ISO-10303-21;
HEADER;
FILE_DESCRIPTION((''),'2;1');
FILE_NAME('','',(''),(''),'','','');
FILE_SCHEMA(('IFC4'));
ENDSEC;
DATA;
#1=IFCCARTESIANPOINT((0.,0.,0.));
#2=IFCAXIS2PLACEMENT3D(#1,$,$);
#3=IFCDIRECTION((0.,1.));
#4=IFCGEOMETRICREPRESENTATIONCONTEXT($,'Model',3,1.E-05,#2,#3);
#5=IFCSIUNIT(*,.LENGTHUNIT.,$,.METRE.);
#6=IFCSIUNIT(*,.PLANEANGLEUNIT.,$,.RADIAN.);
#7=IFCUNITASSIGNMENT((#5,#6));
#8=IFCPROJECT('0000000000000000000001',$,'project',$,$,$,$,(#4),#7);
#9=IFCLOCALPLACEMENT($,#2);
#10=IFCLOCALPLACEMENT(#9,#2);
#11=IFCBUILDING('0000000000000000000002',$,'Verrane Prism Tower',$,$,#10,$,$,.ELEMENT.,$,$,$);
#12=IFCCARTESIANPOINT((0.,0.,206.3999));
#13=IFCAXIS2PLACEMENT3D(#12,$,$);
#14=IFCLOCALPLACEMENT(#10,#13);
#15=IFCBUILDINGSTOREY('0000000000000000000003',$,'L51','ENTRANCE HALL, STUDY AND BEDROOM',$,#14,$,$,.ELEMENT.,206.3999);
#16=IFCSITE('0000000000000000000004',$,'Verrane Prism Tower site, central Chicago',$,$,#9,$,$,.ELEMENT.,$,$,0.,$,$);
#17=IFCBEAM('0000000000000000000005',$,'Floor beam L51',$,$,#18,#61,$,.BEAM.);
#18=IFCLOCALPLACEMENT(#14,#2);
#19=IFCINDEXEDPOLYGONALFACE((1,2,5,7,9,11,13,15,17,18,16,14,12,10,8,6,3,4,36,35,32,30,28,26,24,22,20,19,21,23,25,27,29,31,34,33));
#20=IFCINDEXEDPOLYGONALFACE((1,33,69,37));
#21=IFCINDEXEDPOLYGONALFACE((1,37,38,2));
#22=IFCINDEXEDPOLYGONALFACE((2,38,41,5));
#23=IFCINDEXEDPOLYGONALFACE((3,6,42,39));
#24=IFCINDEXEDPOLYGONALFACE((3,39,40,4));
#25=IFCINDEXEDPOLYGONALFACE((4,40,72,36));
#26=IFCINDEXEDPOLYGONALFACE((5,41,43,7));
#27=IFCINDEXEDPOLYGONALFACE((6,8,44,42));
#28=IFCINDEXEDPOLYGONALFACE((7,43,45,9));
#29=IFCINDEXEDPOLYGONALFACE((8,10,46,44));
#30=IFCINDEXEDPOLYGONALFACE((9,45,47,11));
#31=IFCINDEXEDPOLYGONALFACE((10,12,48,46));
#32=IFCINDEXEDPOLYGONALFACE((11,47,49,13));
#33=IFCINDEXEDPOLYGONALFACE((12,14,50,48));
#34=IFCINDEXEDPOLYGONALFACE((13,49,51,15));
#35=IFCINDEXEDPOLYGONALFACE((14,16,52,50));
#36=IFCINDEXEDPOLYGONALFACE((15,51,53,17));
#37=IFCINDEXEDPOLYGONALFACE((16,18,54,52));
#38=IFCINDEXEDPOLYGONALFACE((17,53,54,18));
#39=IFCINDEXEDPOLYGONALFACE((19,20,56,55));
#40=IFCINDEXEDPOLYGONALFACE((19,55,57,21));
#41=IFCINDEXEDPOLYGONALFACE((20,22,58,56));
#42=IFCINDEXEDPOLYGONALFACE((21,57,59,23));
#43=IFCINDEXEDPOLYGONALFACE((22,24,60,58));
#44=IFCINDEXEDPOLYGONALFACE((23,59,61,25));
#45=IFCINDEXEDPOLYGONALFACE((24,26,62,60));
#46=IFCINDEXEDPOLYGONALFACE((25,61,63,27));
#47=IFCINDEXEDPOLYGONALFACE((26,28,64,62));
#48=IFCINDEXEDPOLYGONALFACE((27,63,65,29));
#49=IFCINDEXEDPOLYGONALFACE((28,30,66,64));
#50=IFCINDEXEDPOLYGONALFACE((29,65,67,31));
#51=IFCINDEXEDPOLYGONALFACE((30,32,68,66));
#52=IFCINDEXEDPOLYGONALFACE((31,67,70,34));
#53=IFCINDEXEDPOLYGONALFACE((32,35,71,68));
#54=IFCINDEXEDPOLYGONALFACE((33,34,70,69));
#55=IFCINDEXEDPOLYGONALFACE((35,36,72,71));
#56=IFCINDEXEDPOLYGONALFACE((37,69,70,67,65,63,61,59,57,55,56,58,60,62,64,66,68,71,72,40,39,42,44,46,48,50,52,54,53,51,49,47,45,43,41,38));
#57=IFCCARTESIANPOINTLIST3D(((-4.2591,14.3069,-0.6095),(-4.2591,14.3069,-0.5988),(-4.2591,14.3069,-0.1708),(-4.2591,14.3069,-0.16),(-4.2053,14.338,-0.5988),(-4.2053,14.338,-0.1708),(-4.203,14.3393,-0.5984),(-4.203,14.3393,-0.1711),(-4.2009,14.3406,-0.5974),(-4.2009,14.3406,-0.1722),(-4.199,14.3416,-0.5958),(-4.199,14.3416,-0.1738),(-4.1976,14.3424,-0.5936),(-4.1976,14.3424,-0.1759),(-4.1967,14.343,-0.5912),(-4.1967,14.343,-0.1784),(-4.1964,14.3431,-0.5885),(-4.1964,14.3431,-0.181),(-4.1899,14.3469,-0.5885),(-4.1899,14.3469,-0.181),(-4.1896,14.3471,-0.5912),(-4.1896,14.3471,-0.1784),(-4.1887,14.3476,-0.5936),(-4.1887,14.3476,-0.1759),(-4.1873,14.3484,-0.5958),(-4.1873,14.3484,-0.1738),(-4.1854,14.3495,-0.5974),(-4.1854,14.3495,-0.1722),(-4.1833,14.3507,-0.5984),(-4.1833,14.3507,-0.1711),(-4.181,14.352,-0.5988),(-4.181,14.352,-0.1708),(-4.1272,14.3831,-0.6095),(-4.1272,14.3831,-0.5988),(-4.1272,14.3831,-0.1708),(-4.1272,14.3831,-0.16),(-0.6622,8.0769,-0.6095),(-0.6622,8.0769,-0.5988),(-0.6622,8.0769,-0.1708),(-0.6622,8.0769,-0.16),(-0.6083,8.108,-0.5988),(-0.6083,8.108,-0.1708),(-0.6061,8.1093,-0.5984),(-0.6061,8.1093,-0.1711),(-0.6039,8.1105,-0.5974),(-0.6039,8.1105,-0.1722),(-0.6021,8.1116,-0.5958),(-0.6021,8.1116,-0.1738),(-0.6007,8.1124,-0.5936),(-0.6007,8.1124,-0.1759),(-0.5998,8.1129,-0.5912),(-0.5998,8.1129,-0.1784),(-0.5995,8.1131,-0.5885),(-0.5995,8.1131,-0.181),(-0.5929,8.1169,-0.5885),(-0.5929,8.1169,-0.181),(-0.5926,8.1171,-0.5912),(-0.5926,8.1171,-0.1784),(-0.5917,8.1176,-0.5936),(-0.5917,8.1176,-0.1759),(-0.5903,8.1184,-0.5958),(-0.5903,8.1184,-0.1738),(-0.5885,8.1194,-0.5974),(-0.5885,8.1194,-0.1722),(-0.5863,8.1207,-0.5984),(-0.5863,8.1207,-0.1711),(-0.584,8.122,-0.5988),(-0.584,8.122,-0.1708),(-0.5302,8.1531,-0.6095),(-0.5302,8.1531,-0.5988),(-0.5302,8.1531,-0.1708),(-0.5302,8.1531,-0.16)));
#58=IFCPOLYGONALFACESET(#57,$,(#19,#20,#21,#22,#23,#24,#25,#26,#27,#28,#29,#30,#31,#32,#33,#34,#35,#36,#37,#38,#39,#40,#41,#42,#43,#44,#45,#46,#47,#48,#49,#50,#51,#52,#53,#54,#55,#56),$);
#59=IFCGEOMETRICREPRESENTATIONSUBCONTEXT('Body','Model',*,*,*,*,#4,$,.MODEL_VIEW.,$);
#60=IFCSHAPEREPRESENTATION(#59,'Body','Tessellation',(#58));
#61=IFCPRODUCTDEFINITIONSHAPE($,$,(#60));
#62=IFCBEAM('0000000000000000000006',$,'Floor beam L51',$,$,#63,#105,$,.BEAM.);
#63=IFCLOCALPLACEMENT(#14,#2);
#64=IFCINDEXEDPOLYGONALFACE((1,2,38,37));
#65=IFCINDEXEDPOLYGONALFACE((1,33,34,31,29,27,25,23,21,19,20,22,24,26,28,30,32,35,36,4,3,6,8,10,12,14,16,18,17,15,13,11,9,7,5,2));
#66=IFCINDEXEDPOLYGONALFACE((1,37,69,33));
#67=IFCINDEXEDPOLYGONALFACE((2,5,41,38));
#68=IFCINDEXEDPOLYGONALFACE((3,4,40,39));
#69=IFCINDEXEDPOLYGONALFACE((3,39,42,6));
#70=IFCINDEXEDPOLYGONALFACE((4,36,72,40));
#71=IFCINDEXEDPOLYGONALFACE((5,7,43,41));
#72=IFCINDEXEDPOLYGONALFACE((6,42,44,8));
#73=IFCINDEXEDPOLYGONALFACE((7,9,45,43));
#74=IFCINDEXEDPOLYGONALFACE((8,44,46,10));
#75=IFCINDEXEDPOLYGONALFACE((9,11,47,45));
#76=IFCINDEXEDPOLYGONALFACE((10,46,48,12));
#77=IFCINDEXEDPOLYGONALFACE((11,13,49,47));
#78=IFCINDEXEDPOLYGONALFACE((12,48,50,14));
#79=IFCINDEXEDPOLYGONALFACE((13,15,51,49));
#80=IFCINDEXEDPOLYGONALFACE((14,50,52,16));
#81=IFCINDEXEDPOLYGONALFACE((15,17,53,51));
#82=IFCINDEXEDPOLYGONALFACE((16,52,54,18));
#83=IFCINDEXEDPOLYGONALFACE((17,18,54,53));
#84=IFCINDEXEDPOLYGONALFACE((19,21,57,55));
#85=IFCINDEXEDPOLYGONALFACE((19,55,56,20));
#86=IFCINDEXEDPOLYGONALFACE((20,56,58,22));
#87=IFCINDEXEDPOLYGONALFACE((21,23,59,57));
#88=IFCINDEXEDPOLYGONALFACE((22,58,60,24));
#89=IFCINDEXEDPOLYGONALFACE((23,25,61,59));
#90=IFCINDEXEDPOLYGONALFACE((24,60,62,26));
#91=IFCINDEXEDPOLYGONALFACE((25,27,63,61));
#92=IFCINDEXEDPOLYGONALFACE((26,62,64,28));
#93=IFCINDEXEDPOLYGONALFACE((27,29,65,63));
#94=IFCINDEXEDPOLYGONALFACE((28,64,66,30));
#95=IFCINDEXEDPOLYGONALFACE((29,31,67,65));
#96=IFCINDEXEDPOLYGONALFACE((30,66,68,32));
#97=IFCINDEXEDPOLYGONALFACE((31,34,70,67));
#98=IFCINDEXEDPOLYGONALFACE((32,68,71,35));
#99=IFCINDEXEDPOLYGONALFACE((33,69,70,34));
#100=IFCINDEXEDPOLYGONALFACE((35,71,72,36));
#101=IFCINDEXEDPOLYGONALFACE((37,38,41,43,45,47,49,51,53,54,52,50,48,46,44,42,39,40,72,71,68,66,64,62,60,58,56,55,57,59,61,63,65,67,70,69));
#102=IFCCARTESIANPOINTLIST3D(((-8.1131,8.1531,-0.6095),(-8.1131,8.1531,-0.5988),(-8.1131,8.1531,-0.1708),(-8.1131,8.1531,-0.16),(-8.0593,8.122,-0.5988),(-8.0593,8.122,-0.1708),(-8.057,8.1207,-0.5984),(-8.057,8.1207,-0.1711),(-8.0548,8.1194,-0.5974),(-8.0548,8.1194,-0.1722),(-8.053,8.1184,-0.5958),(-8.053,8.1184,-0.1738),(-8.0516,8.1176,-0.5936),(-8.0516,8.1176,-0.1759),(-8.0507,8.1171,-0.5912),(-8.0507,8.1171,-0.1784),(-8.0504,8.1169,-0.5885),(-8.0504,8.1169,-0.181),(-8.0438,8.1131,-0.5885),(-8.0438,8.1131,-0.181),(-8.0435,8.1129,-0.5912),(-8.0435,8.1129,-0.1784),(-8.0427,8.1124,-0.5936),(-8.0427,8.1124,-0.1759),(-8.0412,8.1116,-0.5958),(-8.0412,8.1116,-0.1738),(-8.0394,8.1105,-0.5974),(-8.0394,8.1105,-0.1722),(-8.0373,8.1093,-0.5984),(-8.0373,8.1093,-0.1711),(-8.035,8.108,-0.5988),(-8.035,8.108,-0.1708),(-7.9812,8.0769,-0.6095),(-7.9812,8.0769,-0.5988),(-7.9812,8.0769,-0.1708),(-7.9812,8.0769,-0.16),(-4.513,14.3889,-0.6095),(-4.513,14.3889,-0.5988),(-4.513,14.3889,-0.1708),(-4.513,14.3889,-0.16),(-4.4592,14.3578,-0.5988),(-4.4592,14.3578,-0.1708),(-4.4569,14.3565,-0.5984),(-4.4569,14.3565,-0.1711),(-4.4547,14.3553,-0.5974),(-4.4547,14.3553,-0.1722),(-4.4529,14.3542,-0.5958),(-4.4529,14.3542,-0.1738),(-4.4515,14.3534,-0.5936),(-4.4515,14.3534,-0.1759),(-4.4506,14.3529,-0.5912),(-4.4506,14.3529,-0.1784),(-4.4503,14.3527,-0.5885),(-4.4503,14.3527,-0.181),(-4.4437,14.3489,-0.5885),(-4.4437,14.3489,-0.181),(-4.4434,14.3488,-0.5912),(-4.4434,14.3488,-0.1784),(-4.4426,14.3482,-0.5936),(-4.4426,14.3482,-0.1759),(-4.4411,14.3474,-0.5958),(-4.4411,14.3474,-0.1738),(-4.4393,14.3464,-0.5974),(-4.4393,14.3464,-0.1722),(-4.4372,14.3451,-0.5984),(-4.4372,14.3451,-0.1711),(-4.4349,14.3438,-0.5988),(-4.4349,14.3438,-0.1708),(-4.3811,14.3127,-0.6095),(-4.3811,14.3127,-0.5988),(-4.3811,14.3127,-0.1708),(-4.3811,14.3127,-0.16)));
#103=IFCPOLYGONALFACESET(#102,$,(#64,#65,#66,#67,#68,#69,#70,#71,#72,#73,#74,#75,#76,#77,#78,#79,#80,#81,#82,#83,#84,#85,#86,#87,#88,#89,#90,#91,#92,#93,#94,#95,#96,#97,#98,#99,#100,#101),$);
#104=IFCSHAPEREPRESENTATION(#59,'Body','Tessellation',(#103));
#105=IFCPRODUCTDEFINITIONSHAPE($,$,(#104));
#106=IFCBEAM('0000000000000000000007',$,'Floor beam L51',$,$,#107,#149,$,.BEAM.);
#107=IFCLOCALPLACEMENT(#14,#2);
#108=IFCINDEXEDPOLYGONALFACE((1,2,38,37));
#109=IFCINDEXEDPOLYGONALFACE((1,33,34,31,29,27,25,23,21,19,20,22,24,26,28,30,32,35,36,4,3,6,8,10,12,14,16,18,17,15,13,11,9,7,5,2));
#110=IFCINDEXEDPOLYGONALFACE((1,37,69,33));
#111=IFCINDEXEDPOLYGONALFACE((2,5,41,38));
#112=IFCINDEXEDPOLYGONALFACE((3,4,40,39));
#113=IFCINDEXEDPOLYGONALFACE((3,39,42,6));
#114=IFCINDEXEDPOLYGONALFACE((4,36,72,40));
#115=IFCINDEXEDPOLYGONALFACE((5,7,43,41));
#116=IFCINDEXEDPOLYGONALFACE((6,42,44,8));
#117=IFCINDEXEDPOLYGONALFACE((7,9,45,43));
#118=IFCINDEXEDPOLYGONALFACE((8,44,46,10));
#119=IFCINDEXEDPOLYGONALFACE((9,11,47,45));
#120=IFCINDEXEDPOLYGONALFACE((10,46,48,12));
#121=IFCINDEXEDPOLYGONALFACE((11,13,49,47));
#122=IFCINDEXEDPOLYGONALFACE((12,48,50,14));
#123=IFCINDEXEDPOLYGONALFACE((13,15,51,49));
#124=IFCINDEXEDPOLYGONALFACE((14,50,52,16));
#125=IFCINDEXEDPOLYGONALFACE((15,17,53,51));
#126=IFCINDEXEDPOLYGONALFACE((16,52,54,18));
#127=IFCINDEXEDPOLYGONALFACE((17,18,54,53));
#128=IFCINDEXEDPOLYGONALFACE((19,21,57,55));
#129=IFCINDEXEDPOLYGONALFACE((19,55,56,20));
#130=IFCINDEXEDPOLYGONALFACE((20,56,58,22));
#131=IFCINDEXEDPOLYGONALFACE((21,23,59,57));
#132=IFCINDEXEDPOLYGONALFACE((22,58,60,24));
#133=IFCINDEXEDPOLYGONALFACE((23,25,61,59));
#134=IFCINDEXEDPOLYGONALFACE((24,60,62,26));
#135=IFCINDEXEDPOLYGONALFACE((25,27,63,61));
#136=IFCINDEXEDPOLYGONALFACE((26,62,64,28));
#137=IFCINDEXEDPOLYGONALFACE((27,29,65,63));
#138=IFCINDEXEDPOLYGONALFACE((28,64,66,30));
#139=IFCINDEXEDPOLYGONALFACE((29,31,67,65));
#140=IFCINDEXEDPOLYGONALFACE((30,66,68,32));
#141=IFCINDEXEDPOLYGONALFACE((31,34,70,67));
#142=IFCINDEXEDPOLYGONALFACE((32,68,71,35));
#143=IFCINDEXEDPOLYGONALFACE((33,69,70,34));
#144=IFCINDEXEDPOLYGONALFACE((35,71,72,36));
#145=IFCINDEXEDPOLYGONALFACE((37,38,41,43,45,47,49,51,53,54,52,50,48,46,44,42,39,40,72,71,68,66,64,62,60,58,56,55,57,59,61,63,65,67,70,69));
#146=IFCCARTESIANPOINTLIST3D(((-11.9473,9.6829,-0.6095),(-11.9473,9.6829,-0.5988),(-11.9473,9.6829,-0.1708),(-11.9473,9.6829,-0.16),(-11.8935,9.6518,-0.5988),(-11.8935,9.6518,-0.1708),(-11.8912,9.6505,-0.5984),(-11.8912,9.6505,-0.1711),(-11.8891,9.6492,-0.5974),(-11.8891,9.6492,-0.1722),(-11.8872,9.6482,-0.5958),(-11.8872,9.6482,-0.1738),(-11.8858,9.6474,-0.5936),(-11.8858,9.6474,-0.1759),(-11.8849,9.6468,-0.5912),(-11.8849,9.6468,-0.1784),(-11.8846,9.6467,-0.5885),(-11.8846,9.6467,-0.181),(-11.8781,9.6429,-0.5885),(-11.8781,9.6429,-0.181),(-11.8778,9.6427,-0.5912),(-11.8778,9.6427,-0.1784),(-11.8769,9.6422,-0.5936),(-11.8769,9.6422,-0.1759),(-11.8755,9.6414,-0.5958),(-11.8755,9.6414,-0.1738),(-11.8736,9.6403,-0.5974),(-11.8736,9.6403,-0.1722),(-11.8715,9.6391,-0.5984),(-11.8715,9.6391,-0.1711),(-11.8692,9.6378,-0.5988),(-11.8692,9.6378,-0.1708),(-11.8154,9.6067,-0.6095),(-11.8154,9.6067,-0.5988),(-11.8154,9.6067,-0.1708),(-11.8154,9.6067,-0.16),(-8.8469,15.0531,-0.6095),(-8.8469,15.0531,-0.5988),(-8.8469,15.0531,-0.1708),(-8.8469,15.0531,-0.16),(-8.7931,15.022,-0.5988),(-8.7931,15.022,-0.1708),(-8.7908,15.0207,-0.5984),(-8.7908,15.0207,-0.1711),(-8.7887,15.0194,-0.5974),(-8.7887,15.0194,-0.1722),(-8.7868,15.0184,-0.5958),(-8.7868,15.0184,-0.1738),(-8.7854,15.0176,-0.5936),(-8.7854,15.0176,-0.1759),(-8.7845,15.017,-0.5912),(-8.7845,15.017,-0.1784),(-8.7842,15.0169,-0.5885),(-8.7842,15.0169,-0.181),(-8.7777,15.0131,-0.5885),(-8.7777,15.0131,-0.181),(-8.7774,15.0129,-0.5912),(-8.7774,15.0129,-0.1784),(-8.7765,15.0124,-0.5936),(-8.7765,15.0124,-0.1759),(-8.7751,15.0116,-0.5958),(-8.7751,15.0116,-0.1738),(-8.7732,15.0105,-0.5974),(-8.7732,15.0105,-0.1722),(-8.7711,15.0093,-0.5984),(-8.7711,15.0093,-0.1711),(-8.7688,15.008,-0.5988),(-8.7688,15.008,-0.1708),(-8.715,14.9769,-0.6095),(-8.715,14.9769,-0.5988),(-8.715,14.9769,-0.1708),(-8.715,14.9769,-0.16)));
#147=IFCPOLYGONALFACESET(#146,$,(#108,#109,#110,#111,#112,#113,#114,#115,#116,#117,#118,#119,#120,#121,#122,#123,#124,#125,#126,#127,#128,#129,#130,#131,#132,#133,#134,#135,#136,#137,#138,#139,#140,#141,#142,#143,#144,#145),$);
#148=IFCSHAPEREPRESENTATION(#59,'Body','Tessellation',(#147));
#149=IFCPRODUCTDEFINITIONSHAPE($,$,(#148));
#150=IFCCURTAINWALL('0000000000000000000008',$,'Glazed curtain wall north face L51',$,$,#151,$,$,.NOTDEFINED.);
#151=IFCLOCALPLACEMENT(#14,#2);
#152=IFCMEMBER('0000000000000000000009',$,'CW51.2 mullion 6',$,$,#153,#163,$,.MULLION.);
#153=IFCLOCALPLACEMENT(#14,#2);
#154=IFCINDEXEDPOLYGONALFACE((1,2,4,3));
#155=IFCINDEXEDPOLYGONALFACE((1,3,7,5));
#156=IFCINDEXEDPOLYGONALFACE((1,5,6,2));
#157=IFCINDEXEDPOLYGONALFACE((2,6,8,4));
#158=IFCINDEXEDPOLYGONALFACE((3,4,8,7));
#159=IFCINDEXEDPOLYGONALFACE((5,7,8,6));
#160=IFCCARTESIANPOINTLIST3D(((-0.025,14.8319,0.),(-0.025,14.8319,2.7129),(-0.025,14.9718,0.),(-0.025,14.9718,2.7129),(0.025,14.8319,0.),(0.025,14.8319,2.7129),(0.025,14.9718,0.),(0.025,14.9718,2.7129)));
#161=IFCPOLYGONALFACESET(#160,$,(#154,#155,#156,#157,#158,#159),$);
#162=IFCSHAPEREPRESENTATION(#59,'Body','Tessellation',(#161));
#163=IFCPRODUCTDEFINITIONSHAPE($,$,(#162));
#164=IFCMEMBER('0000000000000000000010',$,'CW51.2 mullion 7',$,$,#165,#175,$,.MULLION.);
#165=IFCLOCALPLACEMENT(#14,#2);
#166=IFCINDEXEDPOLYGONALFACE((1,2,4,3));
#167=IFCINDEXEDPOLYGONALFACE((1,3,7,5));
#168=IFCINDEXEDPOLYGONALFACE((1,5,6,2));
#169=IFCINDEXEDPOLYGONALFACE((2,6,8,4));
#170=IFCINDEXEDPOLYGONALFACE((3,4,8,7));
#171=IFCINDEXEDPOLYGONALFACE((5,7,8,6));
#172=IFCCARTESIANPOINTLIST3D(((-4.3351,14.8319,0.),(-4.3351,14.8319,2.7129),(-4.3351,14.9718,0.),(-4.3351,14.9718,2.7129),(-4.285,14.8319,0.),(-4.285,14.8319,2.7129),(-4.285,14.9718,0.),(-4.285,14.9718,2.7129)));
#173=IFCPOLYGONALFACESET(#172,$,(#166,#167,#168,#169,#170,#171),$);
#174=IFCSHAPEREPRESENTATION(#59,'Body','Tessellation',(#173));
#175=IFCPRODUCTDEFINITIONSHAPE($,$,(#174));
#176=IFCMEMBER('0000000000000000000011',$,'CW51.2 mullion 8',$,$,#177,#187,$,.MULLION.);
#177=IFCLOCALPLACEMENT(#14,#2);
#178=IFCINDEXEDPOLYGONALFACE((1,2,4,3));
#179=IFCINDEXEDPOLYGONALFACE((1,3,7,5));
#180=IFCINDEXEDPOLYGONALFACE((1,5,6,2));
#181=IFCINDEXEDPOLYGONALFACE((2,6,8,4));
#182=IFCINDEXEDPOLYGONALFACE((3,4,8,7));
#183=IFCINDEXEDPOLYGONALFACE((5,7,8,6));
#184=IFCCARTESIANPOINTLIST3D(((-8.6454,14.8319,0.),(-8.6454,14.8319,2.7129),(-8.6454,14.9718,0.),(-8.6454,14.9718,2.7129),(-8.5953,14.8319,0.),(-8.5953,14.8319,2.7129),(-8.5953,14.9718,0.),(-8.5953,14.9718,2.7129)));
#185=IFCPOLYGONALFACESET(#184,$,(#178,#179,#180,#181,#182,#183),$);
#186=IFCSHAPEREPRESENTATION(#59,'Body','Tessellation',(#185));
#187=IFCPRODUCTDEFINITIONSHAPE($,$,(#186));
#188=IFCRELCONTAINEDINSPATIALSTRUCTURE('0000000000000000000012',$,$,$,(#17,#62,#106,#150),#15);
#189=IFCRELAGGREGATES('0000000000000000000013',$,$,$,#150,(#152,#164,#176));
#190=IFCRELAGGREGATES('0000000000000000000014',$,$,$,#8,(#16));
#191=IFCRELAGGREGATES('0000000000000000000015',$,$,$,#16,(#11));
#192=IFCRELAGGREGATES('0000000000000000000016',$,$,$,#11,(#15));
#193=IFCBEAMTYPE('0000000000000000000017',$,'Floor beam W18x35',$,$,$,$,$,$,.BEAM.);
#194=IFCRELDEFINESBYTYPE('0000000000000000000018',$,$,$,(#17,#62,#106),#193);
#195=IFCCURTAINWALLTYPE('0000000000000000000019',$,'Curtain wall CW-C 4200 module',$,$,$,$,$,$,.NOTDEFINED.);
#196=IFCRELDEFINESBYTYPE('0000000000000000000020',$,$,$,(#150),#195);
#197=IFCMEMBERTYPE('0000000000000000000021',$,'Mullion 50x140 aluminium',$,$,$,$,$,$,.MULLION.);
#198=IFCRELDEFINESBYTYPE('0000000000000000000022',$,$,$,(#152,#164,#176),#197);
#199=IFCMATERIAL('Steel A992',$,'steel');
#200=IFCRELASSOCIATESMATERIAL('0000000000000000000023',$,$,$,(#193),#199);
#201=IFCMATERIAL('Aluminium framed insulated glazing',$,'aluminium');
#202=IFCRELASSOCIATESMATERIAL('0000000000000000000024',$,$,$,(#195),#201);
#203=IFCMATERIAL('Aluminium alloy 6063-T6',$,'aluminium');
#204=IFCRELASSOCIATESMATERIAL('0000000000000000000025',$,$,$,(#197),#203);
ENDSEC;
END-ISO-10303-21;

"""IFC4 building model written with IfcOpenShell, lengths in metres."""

from ifc_helpers import new_model, si_unit, direction, frame, origin, origin_2d, place, context, subcontext, project, spatial, rectangle, i_section, extrude, material, material_profile, profile_set, type_object, element, aggregate, save


model = new_model("IFC4")

# Units and contexts
model_context = context("Model", 3, precision=1e-05, world=origin(), true_north=direction((0.0, 1.0)))
body_context = subcontext(model_context, "Body", "Model", "MODEL_VIEW")
ifc_project = project(units=[si_unit("LENGTHUNIT", "METRE"), si_unit("PLANEANGLEUNIT", "RADIAN")], contexts=[model_context])

# Site, building, storey
site_placement = place(None, origin())
site = spatial("IfcSite", under=ifc_project, at=site_placement, Name="Verrane Prism Tower site, central Chicago", CompositionType="ELEMENT", RefElevation=0.0)
building_placement = place(site_placement, origin())
building = spatial("IfcBuilding", under=site, at=building_placement, Name="Verrane Prism Tower", CompositionType="ELEMENT")
storey_placement = place(building_placement, frame((0.0, 0.0, 206.3999)))
storey = spatial("IfcBuildingStorey", under=building, at=storey_placement, Name="L51", Description="ENTRANCE HALL, STUDY AND BEDROOM", CompositionType="ELEMENT", Elevation=206.3999)

# Beams
ifc_material_1 = material(Name="Steel A992", Category="steel")
ifc_material_profile_1 = material_profile(ifc_material_1, i_section(OverallWidth=0.1523, OverallDepth=0.4495, WebThickness=0.0076, FlangeThickness=0.0107, FilletRadius=0.0103, at=origin_2d()), Name="W18x35")
ifc_profile_set_1 = profile_set([ifc_material_profile_1], Name="Steel A992")
beam_type_1 = type_object("IfcBeamType", Name="Floor beam W18x35", PredefinedType="BEAM", material=ifc_profile_set_1)
beam_1_placement = place(storey_placement, frame((-0.5962, 8.115, -0.3848), z_axis=(-0.500004, 0.866023, 0.0), x_axis=(-0.866023, -0.500004, 0.0)))
element("IfcBeam", 1, at=beam_1_placement, inside=storey, type_object=beam_type_1, Name="Floor beam L51", PredefinedType="BEAM", context=body_context, shape_type="SweptSolid", body=[
    extrude(i_section(OverallWidth=0.1523, OverallDepth=0.4495, WebThickness=0.0076, FlangeThickness=0.0107, FilletRadius=0.0103, at=origin_2d()), origin(), (0.0, 0.0, 1.0), 7.1938),
])
beam_2_placement = place(storey_placement, frame((-8.0471, 8.115, -0.3848), z_axis=(0.499983, 0.866035, 0.0), x_axis=(-0.866035, 0.499983, 0.0)))
element("IfcBeam", 2, at=beam_2_placement, inside=storey, type_object=beam_type_1, Name="Floor beam L51", PredefinedType="BEAM", context=body_context, shape_type="SweptSolid", body=[
    extrude(i_section(OverallWidth=0.1523, OverallDepth=0.4495, WebThickness=0.0076, FlangeThickness=0.0107, FilletRadius=0.0103, at=origin_2d()), origin(), (0.0, 0.0, 1.0), 7.2004),
])
beam_3_placement = place(storey_placement, frame((-11.8813, 9.6448, -0.3848), z_axis=(0.499988, 0.866032, 0.0), x_axis=(-0.866032, 0.499988, 0.0)))
element("IfcBeam", 3, at=beam_3_placement, inside=storey, type_object=beam_type_1, Name="Floor beam L51", PredefinedType="BEAM", context=body_context, shape_type="SweptSolid", body=[
    extrude(i_section(OverallWidth=0.1523, OverallDepth=0.4495, WebThickness=0.0076, FlangeThickness=0.0107, FilletRadius=0.0103, at=origin_2d()), origin(), (0.0, 0.0, 1.0), 6.2009),
])

# Curtain wall, members
ifc_material_2 = material(Name="Aluminium framed insulated glazing", Category="aluminium")
curtain_wall_type = type_object("IfcCurtainWallType", Name="Curtain wall CW-C 4200 module", PredefinedType="NOTDEFINED", material=ifc_material_2)
curtain_wall_placement = place(storey_placement, origin())
curtain_wall = element("IfcCurtainWall", 4, at=curtain_wall_placement, inside=storey, type_object=curtain_wall_type, Name="Glazed curtain wall north face L51", PredefinedType="NOTDEFINED")
ifc_material_3 = material(Name="Aluminium alloy 6063-T6", Category="aluminium")
ifc_material_profile_2 = material_profile(ifc_material_3, rectangle(XDim=0.1399, YDim=0.05, at=origin_2d()), Name="Mullion 50x140 aluminium")
ifc_profile_set_2 = profile_set([ifc_material_profile_2], Name="Aluminium alloy 6063-T6")
member_type_1 = type_object("IfcMemberType", Name="Mullion 50x140 aluminium", PredefinedType="MULLION", material=ifc_profile_set_2)
member_1_placement = place(storey_placement, frame((0.0, 14.9019, 0.0), z_axis=(0.0, 0.0, 1.0), x_axis=(0.0, -1.0, 0.0)))
member_1 = element("IfcMember", 5, at=member_1_placement, type_object=member_type_1, Name="CW51.2 mullion 6", PredefinedType="MULLION", context=body_context, shape_type="SweptSolid", body=[
    extrude(rectangle(XDim=0.1399, YDim=0.05, at=origin_2d()), origin(), (0.0, 0.0, 1.0), 2.7129),
])
member_2_placement = place(storey_placement, frame((-4.3101, 14.9019, 0.0), z_axis=(0.0, 0.0, 1.0), x_axis=(0.0, -1.0, 0.0)))
member_2 = element("IfcMember", 6, at=member_2_placement, type_object=member_type_1, Name="CW51.2 mullion 7", PredefinedType="MULLION", context=body_context, shape_type="SweptSolid", body=[
    extrude(rectangle(XDim=0.1399, YDim=0.05, at=origin_2d()), origin(), (0.0, 0.0, 1.0), 2.7129),
])
member_3_placement = place(storey_placement, frame((-8.6204, 14.9019, 0.0), z_axis=(0.0, 0.0, 1.0), x_axis=(0.0, -1.0, 0.0)))
member_3 = element("IfcMember", 7, at=member_3_placement, type_object=member_type_1, Name="CW51.2 mullion 8", PredefinedType="MULLION", context=body_context, shape_type="SweptSolid", body=[
    extrude(rectangle(XDim=0.1399, YDim=0.05, at=origin_2d()), origin(), (0.0, 0.0, 1.0), 2.7129),
])

aggregate(curtain_wall, [member_1, member_2, member_3])

save(model, "model.ifc")
